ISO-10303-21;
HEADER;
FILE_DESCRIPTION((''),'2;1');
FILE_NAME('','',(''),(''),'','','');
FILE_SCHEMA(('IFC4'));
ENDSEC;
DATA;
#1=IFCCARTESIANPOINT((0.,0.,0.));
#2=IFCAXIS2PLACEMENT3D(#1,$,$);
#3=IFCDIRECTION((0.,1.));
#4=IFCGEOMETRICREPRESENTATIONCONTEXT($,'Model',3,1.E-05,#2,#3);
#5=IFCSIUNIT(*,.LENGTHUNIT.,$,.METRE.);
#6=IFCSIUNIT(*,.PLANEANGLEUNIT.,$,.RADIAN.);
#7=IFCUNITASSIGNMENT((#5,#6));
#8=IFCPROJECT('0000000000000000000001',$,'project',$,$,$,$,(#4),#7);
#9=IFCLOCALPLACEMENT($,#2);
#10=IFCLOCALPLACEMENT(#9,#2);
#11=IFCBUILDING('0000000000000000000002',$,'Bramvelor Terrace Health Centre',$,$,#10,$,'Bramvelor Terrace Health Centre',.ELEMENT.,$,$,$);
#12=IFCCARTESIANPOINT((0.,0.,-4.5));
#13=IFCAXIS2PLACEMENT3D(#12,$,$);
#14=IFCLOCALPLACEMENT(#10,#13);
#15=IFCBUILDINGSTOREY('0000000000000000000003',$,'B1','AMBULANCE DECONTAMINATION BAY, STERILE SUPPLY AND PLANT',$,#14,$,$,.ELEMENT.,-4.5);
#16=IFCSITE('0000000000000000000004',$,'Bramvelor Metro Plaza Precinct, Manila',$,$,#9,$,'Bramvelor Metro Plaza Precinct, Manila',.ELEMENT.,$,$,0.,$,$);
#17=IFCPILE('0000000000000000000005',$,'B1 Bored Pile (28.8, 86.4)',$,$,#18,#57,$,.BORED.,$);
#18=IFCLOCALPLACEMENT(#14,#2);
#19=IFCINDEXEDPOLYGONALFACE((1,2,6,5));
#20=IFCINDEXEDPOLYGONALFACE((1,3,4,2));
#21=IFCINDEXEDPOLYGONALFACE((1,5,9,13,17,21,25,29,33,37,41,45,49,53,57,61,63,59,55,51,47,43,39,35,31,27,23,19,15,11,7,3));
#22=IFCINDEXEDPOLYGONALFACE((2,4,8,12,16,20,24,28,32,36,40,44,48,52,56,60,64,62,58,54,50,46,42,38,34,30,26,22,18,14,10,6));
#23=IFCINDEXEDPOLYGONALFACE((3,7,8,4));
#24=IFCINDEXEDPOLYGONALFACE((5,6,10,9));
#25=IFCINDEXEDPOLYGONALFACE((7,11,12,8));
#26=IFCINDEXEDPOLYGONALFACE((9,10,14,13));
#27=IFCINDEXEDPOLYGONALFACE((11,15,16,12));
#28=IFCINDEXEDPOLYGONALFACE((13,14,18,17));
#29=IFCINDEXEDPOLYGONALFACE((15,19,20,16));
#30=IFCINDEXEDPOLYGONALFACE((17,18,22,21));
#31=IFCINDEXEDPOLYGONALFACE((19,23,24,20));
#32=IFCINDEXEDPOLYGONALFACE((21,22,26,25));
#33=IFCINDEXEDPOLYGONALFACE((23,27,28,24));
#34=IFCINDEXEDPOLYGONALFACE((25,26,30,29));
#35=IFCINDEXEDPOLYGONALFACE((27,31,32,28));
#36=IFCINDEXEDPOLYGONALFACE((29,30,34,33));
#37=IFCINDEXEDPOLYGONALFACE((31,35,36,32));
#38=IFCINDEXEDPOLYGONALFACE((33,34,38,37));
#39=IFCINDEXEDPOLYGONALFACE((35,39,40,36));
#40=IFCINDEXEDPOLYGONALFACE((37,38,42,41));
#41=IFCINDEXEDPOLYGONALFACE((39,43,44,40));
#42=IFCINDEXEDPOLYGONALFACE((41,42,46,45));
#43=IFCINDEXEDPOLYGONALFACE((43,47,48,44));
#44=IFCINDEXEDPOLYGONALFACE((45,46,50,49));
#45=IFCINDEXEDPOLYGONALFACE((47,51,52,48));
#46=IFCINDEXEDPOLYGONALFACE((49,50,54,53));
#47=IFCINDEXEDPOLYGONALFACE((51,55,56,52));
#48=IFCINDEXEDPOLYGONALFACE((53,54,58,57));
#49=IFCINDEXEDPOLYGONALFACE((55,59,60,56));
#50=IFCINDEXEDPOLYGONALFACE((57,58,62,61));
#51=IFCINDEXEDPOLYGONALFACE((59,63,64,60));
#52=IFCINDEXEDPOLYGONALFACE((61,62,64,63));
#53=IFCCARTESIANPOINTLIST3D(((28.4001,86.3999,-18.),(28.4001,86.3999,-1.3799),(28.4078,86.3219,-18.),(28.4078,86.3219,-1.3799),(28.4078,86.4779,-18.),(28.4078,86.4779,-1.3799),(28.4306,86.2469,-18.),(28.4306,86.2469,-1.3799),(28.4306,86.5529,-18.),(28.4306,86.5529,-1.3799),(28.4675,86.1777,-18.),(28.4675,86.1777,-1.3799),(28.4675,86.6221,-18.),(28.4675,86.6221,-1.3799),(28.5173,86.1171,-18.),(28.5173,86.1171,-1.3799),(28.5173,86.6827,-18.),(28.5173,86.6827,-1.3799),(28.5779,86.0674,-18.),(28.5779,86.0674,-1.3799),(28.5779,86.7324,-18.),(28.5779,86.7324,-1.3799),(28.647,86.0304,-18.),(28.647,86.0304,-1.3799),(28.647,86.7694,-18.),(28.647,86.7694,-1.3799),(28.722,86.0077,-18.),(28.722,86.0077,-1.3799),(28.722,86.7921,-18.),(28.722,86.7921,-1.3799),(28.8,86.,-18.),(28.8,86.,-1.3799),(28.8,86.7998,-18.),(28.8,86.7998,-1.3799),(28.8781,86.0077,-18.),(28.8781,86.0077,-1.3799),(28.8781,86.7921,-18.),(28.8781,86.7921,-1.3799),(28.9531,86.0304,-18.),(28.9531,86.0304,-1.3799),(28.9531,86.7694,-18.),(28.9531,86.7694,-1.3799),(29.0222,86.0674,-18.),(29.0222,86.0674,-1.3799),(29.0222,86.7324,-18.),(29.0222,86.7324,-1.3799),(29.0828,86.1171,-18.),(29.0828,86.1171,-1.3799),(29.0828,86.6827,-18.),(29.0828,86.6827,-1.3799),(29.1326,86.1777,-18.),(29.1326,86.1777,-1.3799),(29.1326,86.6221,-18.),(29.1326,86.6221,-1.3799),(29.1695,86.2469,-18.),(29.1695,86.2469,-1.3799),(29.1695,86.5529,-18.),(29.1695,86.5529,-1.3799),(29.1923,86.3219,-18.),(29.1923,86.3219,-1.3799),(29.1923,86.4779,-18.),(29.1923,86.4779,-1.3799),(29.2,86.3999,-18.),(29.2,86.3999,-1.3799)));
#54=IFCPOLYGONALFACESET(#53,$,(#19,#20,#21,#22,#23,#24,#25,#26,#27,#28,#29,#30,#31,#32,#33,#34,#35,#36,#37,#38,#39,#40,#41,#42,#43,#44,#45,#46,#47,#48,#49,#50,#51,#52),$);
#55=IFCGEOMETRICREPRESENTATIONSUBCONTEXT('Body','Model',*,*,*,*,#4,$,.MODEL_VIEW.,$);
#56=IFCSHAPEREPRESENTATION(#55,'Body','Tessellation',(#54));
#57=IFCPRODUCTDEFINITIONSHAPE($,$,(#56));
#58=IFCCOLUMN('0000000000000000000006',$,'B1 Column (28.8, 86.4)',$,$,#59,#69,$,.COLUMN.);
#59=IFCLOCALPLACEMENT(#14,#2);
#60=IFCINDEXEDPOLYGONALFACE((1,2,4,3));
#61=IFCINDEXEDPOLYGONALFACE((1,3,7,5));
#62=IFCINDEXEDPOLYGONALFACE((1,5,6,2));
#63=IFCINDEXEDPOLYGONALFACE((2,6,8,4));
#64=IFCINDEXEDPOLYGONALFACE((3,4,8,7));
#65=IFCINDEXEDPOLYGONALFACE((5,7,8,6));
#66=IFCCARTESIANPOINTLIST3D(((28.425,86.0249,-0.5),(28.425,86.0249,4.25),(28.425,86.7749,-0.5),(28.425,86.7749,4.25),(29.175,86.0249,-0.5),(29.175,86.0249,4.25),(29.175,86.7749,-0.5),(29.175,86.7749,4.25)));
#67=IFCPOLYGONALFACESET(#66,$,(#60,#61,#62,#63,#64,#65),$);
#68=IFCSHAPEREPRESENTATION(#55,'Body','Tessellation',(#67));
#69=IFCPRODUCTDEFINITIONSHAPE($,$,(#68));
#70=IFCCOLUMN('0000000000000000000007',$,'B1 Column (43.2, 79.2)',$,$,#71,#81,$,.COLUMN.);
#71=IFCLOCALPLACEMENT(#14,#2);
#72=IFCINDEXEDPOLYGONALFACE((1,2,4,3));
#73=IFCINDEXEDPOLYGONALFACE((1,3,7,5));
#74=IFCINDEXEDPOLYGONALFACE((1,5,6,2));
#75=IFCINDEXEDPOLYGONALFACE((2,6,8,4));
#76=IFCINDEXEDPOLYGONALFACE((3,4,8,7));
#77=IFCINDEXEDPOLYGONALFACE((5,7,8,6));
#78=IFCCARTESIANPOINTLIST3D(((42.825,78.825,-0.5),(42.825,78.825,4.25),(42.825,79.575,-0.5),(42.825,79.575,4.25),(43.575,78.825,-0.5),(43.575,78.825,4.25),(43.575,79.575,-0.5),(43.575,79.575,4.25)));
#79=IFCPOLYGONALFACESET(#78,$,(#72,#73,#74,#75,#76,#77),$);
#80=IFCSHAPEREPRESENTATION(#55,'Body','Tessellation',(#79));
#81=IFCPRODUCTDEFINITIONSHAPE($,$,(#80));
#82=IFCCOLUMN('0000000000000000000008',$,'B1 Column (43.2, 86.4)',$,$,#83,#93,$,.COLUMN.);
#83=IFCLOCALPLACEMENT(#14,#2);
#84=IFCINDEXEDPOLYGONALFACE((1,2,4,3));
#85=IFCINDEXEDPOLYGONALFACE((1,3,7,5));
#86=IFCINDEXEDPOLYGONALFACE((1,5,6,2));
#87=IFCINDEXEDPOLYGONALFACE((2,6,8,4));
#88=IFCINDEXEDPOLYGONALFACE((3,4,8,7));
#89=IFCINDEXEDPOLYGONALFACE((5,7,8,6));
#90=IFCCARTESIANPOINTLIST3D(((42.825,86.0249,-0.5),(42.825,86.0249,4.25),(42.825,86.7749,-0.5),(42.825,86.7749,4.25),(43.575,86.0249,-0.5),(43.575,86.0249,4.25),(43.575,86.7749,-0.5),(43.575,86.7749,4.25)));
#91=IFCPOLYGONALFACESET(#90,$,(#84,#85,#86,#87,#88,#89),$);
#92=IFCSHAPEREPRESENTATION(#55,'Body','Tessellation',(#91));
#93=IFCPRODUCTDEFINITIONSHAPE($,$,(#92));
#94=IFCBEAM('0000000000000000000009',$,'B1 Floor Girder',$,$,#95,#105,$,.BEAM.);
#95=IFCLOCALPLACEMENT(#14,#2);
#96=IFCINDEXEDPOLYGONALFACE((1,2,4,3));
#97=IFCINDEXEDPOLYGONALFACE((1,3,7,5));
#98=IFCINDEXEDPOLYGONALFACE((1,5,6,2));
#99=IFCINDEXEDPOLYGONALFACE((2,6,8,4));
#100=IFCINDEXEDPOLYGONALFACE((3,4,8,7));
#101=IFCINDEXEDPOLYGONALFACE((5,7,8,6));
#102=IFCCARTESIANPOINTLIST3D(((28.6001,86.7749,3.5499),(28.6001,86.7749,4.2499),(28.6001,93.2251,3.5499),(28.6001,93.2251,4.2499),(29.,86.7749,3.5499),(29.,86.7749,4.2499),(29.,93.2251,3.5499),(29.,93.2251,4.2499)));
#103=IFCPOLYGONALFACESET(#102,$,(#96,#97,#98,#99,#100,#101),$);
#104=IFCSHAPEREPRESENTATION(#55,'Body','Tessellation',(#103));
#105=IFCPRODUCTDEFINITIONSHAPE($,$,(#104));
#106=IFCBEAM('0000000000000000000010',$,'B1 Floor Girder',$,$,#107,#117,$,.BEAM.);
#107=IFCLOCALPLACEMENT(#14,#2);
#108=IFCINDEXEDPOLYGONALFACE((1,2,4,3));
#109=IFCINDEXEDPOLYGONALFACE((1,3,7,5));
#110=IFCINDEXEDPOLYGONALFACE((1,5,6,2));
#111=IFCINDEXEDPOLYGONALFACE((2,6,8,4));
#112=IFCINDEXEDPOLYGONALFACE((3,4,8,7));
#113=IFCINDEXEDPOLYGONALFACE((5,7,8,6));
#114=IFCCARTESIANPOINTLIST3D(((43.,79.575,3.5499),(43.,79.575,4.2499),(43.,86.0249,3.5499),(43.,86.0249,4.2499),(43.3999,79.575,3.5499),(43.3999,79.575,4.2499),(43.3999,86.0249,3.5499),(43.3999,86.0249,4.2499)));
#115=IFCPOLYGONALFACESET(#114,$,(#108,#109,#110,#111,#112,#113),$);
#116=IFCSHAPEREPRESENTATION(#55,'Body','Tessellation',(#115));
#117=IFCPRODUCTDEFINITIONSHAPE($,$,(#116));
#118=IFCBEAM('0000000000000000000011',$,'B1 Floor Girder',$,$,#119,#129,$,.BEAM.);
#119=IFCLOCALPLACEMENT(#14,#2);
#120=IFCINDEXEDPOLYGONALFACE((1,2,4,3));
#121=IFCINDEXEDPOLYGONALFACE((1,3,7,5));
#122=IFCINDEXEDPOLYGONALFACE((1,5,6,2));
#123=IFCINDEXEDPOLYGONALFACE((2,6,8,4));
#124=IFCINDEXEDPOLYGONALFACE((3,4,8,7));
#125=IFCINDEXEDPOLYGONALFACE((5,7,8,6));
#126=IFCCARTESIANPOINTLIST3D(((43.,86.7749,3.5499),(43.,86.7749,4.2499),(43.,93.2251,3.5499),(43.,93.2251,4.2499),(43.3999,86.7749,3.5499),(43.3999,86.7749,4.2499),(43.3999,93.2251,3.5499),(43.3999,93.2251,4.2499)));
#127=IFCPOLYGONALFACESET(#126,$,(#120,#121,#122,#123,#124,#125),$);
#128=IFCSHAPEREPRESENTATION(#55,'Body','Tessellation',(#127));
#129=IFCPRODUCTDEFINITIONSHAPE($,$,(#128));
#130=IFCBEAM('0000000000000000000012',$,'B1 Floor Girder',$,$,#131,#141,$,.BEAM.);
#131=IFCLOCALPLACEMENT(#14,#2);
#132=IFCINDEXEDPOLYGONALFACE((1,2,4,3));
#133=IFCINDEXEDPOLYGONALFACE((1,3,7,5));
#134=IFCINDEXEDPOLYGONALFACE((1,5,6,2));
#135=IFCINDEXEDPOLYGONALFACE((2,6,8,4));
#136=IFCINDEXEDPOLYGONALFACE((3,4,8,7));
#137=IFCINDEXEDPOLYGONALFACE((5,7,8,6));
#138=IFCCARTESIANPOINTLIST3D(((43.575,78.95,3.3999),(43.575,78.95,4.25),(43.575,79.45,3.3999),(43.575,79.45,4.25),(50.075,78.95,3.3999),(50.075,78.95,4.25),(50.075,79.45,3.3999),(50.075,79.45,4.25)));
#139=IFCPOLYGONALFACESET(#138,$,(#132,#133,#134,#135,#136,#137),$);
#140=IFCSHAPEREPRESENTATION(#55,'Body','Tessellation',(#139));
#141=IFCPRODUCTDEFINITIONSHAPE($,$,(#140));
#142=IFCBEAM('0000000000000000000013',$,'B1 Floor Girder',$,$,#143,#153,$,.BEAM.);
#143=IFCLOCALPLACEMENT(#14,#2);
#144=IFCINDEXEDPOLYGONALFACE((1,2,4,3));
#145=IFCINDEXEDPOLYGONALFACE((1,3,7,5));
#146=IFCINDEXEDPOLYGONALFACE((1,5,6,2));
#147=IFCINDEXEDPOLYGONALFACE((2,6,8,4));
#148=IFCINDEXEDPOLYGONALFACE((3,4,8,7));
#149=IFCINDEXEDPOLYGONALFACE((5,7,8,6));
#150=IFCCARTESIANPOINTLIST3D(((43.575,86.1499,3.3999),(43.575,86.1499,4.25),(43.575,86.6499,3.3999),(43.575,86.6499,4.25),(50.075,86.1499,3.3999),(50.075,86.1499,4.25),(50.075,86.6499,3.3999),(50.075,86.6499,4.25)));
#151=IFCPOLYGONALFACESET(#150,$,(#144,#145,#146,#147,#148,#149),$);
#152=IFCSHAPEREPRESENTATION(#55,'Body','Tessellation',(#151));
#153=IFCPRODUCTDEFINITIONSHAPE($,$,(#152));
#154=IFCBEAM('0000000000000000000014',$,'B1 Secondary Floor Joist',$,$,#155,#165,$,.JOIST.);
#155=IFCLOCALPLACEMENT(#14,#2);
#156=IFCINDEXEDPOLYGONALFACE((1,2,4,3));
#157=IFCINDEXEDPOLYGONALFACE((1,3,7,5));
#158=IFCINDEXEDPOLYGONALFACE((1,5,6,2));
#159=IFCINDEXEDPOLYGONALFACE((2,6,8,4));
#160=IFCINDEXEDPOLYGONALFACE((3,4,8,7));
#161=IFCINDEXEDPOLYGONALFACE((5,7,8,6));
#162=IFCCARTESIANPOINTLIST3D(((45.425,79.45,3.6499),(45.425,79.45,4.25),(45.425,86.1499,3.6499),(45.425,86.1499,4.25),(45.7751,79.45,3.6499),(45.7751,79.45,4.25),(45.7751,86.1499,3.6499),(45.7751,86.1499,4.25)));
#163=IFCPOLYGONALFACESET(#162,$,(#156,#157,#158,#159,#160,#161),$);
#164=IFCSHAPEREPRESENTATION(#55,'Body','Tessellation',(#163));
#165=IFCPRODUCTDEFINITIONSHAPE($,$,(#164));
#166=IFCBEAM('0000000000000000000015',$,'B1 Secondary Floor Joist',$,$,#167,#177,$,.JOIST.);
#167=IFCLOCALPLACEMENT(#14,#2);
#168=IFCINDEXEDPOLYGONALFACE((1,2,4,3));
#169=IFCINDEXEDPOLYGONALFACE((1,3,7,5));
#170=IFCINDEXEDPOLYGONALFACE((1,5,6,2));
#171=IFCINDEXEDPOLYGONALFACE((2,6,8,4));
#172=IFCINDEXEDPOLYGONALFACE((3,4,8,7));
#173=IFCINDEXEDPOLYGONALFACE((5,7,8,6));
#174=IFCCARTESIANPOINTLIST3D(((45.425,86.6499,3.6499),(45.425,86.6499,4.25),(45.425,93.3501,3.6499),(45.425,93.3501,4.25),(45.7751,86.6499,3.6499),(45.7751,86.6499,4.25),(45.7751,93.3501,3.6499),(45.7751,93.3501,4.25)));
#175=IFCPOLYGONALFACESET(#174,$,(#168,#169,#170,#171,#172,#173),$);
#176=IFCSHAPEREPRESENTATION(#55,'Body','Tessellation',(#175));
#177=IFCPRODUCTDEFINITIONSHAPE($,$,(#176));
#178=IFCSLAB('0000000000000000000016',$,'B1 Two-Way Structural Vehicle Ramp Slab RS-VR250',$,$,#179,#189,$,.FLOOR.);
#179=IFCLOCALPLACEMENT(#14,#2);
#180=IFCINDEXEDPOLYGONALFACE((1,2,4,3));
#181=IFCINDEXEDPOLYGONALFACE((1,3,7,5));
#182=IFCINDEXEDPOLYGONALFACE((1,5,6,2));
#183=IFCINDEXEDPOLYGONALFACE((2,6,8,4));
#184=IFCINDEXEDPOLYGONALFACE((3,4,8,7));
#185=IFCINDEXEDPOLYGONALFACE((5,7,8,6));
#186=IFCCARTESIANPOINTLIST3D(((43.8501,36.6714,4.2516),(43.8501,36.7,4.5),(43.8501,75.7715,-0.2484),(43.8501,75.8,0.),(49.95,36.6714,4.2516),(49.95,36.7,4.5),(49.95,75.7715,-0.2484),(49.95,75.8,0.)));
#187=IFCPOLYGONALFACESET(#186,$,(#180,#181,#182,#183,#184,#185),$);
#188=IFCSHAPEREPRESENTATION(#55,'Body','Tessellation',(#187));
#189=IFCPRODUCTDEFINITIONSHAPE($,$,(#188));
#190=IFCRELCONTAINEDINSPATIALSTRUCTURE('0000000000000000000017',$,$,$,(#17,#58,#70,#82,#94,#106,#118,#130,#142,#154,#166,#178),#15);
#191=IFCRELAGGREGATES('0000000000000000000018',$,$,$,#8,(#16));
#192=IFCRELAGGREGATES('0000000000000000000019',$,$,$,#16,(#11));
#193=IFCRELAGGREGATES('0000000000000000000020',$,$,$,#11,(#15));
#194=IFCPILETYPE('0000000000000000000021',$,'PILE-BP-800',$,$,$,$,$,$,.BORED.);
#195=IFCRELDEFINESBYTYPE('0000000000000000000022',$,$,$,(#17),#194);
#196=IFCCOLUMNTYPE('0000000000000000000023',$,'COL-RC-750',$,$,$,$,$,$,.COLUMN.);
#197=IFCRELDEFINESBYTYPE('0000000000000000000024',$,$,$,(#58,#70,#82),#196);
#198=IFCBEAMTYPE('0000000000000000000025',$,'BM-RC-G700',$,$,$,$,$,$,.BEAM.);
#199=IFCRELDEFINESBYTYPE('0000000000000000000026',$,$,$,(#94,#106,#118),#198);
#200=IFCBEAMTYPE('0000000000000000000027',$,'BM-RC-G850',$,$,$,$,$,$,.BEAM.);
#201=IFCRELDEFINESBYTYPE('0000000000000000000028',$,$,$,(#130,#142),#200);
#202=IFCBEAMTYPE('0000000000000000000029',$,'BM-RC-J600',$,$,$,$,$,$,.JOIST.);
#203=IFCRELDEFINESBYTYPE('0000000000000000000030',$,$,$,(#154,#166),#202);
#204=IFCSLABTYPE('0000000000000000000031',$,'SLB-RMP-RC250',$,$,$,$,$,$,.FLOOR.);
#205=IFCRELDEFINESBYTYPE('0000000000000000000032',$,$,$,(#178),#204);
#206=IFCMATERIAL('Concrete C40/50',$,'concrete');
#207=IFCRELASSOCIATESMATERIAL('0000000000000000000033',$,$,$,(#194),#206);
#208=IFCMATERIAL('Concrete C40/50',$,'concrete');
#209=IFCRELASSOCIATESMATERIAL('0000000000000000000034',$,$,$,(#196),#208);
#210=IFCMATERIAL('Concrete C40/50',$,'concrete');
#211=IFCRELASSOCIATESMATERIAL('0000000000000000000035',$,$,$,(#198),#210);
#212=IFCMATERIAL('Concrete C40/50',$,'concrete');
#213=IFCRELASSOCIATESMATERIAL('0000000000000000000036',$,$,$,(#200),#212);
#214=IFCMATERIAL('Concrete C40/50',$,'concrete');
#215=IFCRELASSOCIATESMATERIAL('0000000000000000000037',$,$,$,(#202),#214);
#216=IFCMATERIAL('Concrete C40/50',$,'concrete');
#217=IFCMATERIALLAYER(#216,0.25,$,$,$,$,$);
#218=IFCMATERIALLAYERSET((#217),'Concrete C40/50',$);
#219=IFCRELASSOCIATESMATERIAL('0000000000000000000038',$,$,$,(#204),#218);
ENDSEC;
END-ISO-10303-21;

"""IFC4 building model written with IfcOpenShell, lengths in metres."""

from ifc_helpers import new_model, si_unit, direction, frame, origin, origin_2d, place, context, subcontext, project, spatial, polyline, rectangle, circle, outline, extrude, material, layer, layer_set, material_profile, profile_set, type_object, element, save


model = new_model("IFC4")

# Units and contexts
model_context = context("Model", 3, precision=1e-05, world=origin(), true_north=direction((0.0, 1.0)))
body_context = subcontext(model_context, "Body", "Model", "MODEL_VIEW")
ifc_project = project(units=[si_unit("LENGTHUNIT", "METRE"), si_unit("PLANEANGLEUNIT", "RADIAN")], contexts=[model_context])

# Site, building, storey
site_placement = place(None, origin())
site = spatial("IfcSite", under=ifc_project, at=site_placement, Name="Bramvelor Metro Plaza Precinct, Manila", LongName="Bramvelor Metro Plaza Precinct, Manila", CompositionType="ELEMENT", RefElevation=0.0)
building_placement = place(site_placement, origin())
building = spatial("IfcBuilding", under=site, at=building_placement, Name="Bramvelor Terrace Health Centre", LongName="Bramvelor Terrace Health Centre", CompositionType="ELEMENT")
storey_placement = place(building_placement, frame((0.0, 0.0, -4.5)))
storey = spatial("IfcBuildingStorey", under=building, at=storey_placement, Name="B1", Description="AMBULANCE DECONTAMINATION BAY, STERILE SUPPLY AND PLANT", CompositionType="ELEMENT", Elevation=-4.5)

# Pile
ifc_material_1 = material(Name="Concrete C40/50", Category="concrete")
ifc_material_profile_1 = material_profile(ifc_material_1, circle(Radius=0.3999, at=origin_2d()), Name="BP D800")
ifc_profile_set_1 = profile_set([ifc_material_profile_1], Name="Concrete C40/50")
pile_type_1 = type_object("IfcPileType", Name="PILE-BP-800", PredefinedType="BORED", material=ifc_profile_set_1)
pile_placement = place(storey_placement, frame((28.8, 86.3999, -1.3799), z_axis=(0.0, 0.0, -1.0), x_axis=(1.0, 0.0, 0.0)))
element("IfcPile", 1, at=pile_placement, inside=storey, type_object=pile_type_1, Name="B1 Bored Pile (28.8, 86.4)", PredefinedType="BORED", context=body_context, shape_type="SweptSolid", body=[
    extrude(circle(Radius=0.3999, at=origin_2d()), origin(), (0.0, 0.0, 1.0), 16.6201),
])

# Columns
ifc_material_2 = material(Name="Concrete C40/50", Category="concrete")
ifc_material_profile_2 = material_profile(ifc_material_2, rectangle(XDim=0.75, YDim=0.75, at=origin_2d()), Name="RC 750x750")
ifc_profile_set_2 = profile_set([ifc_material_profile_2], Name="Concrete C40/50")
column_type = type_object("IfcColumnType", Name="COL-RC-750", PredefinedType="COLUMN", material=ifc_profile_set_2)
for number, where, z_axis, x_axis, name in (
    (2, (28.8, 86.3999, -0.5), (0.0, 0.0, 1.0), (1.0, 0.0, 0.0), "B1 Column (28.8, 86.4)"),
    (3, (43.2, 79.2, -0.5), (0.0, 0.0, 1.0), (1.0, 0.0, 0.0), "B1 Column (43.2, 79.2)"),
    (4, (43.2, 86.3999, -0.5), (0.0, 0.0, 1.0), (1.0, 0.0, 0.0), "B1 Column (43.2, 86.4)"),
):
    element("IfcColumn", number, at=place(storey_placement, frame(where, z_axis=z_axis, x_axis=x_axis)), inside=storey, type_object=column_type, Name=name, PredefinedType="COLUMN", context=body_context, shape_type="SweptSolid", body=[
        extrude(rectangle(XDim=0.75, YDim=0.75, at=origin_2d()), origin(), (0.0, 0.0, 1.0), 4.75),
    ])

# Beams
ifc_material_3 = material(Name="Concrete C40/50", Category="concrete")
ifc_material_profile_3 = material_profile(ifc_material_3, rectangle(XDim=0.3999, YDim=0.7, at=origin_2d()), Name="RC 400x700")
ifc_profile_set_3 = profile_set([ifc_material_profile_3], Name="Concrete C40/50")
beam_type_1 = type_object("IfcBeamType", Name="BM-RC-G700", PredefinedType="BEAM", material=ifc_profile_set_3)
beam_1_placement = place(storey_placement, frame((28.8, 86.7749, 3.8999), z_axis=(0.0, 1.0, 0.0), x_axis=(-1.0, 0.0, 0.0)))
element("IfcBeam", 5, at=beam_1_placement, inside=storey, type_object=beam_type_1, Name="B1 Floor Girder", PredefinedType="BEAM", context=body_context, shape_type="SweptSolid", body=[
    extrude(rectangle(XDim=0.3999, YDim=0.7, at=origin_2d()), origin(), (0.0, 0.0, 1.0), 6.4502),
])
beam_2_placement = place(storey_placement, frame((43.2, 79.575, 3.8999), z_axis=(0.0, 1.0, 0.0), x_axis=(-1.0, 0.0, 0.0)))
element("IfcBeam", 6, at=beam_2_placement, inside=storey, type_object=beam_type_1, Name="B1 Floor Girder", PredefinedType="BEAM", context=body_context, shape_type="SweptSolid", body=[
    extrude(rectangle(XDim=0.3999, YDim=0.7, at=origin_2d()), origin(), (0.0, 0.0, 1.0), 6.45),
])
beam_3_placement = place(storey_placement, frame((43.2, 86.7749, 3.8999), z_axis=(0.0, 1.0, 0.0), x_axis=(-1.0, 0.0, 0.0)))
element("IfcBeam", 7, at=beam_3_placement, inside=storey, type_object=beam_type_1, Name="B1 Floor Girder", PredefinedType="BEAM", context=body_context, shape_type="SweptSolid", body=[
    extrude(rectangle(XDim=0.3999, YDim=0.7, at=origin_2d()), origin(), (0.0, 0.0, 1.0), 6.4502),
])
ifc_material_4 = material(Name="Concrete C40/50", Category="concrete")
ifc_material_profile_4 = material_profile(ifc_material_4, rectangle(XDim=0.5, YDim=0.8501, at=origin_2d()), Name="RC 500x850")
ifc_profile_set_4 = profile_set([ifc_material_profile_4], Name="Concrete C40/50")
beam_type_2 = type_object("IfcBeamType", Name="BM-RC-G850", PredefinedType="BEAM", material=ifc_profile_set_4)
for number, where, z_axis, x_axis, name in (
    (8, (43.575, 79.2, 3.825), (1.0, 0.0, 0.0), (0.0, 1.0, 0.0), "B1 Floor Girder"),
    (9, (43.575, 86.3999, 3.825), (1.0, 0.0, 0.0), (0.0, 1.0, 0.0), "B1 Floor Girder"),
):
    element("IfcBeam", number, at=place(storey_placement, frame(where, z_axis=z_axis, x_axis=x_axis)), inside=storey, type_object=beam_type_2, Name=name, PredefinedType="BEAM", context=body_context, shape_type="SweptSolid", body=[
        extrude(rectangle(XDim=0.5, YDim=0.8501, at=origin_2d()), origin(), (0.0, 0.0, 1.0), 6.5),
    ])
ifc_material_5 = material(Name="Concrete C40/50", Category="concrete")
ifc_material_profile_5 = material_profile(ifc_material_5, rectangle(XDim=0.3501, YDim=0.6001, at=origin_2d()), Name="RC 350x600")
ifc_profile_set_5 = profile_set([ifc_material_profile_5], Name="Concrete C40/50")
beam_type_3 = type_object("IfcBeamType", Name="BM-RC-J600", PredefinedType="JOIST", material=ifc_profile_set_5)
beam_4_placement = place(storey_placement, frame((45.6001, 79.45, 3.95), z_axis=(0.0, 1.0, 0.0), x_axis=(-1.0, 0.0, 0.0)))
element("IfcBeam", 10, at=beam_4_placement, inside=storey, type_object=beam_type_3, Name="B1 Secondary Floor Joist", PredefinedType="JOIST", context=body_context, shape_type="SweptSolid", body=[
    extrude(rectangle(XDim=0.3501, YDim=0.6001, at=origin_2d()), origin(), (0.0, 0.0, 1.0), 6.7),
])
beam_5_placement = place(storey_placement, frame((45.6001, 86.6499, 3.95), z_axis=(0.0, 1.0, 0.0), x_axis=(-1.0, 0.0, 0.0)))
element("IfcBeam", 11, at=beam_5_placement, inside=storey, type_object=beam_type_3, Name="B1 Secondary Floor Joist", PredefinedType="JOIST", context=body_context, shape_type="SweptSolid", body=[
    extrude(rectangle(XDim=0.3501, YDim=0.6001, at=origin_2d()), origin(), (0.0, 0.0, 1.0), 6.7002),
])

# Slab
ifc_material_6 = material(Name="Concrete C40/50", Category="concrete")
ifc_layer_1 = layer(ifc_material_6, 0.25)
ifc_layer_set_1 = layer_set([ifc_layer_1], Name="Concrete C40/50")
slab_type = type_object("IfcSlabType", Name="SLB-RMP-RC250", PredefinedType="FLOOR", material=ifc_layer_set_1)
slab_placement = place(storey_placement, frame((43.8501, 75.8, 0.0), z_axis=(0.0, 0.114335, 0.993442), x_axis=(1.0, 0.0, 0.0)))
element("IfcSlab", 12, at=slab_placement, inside=storey, type_object=slab_type, Name="B1 Two-Way Structural Vehicle Ramp Slab RS-VR250", PredefinedType="FLOOR", context=body_context, shape_type="SweptSolid", body=[
    extrude(outline(polyline([(0.0, 0.0), (6.0999, 0.0), (6.0999, -39.3582), (0.0, -39.3582), (0.0, 0.0)])), origin(), (0.0, 0.0, -1.0), 0.25),
])

save(model, "model.ifc")
